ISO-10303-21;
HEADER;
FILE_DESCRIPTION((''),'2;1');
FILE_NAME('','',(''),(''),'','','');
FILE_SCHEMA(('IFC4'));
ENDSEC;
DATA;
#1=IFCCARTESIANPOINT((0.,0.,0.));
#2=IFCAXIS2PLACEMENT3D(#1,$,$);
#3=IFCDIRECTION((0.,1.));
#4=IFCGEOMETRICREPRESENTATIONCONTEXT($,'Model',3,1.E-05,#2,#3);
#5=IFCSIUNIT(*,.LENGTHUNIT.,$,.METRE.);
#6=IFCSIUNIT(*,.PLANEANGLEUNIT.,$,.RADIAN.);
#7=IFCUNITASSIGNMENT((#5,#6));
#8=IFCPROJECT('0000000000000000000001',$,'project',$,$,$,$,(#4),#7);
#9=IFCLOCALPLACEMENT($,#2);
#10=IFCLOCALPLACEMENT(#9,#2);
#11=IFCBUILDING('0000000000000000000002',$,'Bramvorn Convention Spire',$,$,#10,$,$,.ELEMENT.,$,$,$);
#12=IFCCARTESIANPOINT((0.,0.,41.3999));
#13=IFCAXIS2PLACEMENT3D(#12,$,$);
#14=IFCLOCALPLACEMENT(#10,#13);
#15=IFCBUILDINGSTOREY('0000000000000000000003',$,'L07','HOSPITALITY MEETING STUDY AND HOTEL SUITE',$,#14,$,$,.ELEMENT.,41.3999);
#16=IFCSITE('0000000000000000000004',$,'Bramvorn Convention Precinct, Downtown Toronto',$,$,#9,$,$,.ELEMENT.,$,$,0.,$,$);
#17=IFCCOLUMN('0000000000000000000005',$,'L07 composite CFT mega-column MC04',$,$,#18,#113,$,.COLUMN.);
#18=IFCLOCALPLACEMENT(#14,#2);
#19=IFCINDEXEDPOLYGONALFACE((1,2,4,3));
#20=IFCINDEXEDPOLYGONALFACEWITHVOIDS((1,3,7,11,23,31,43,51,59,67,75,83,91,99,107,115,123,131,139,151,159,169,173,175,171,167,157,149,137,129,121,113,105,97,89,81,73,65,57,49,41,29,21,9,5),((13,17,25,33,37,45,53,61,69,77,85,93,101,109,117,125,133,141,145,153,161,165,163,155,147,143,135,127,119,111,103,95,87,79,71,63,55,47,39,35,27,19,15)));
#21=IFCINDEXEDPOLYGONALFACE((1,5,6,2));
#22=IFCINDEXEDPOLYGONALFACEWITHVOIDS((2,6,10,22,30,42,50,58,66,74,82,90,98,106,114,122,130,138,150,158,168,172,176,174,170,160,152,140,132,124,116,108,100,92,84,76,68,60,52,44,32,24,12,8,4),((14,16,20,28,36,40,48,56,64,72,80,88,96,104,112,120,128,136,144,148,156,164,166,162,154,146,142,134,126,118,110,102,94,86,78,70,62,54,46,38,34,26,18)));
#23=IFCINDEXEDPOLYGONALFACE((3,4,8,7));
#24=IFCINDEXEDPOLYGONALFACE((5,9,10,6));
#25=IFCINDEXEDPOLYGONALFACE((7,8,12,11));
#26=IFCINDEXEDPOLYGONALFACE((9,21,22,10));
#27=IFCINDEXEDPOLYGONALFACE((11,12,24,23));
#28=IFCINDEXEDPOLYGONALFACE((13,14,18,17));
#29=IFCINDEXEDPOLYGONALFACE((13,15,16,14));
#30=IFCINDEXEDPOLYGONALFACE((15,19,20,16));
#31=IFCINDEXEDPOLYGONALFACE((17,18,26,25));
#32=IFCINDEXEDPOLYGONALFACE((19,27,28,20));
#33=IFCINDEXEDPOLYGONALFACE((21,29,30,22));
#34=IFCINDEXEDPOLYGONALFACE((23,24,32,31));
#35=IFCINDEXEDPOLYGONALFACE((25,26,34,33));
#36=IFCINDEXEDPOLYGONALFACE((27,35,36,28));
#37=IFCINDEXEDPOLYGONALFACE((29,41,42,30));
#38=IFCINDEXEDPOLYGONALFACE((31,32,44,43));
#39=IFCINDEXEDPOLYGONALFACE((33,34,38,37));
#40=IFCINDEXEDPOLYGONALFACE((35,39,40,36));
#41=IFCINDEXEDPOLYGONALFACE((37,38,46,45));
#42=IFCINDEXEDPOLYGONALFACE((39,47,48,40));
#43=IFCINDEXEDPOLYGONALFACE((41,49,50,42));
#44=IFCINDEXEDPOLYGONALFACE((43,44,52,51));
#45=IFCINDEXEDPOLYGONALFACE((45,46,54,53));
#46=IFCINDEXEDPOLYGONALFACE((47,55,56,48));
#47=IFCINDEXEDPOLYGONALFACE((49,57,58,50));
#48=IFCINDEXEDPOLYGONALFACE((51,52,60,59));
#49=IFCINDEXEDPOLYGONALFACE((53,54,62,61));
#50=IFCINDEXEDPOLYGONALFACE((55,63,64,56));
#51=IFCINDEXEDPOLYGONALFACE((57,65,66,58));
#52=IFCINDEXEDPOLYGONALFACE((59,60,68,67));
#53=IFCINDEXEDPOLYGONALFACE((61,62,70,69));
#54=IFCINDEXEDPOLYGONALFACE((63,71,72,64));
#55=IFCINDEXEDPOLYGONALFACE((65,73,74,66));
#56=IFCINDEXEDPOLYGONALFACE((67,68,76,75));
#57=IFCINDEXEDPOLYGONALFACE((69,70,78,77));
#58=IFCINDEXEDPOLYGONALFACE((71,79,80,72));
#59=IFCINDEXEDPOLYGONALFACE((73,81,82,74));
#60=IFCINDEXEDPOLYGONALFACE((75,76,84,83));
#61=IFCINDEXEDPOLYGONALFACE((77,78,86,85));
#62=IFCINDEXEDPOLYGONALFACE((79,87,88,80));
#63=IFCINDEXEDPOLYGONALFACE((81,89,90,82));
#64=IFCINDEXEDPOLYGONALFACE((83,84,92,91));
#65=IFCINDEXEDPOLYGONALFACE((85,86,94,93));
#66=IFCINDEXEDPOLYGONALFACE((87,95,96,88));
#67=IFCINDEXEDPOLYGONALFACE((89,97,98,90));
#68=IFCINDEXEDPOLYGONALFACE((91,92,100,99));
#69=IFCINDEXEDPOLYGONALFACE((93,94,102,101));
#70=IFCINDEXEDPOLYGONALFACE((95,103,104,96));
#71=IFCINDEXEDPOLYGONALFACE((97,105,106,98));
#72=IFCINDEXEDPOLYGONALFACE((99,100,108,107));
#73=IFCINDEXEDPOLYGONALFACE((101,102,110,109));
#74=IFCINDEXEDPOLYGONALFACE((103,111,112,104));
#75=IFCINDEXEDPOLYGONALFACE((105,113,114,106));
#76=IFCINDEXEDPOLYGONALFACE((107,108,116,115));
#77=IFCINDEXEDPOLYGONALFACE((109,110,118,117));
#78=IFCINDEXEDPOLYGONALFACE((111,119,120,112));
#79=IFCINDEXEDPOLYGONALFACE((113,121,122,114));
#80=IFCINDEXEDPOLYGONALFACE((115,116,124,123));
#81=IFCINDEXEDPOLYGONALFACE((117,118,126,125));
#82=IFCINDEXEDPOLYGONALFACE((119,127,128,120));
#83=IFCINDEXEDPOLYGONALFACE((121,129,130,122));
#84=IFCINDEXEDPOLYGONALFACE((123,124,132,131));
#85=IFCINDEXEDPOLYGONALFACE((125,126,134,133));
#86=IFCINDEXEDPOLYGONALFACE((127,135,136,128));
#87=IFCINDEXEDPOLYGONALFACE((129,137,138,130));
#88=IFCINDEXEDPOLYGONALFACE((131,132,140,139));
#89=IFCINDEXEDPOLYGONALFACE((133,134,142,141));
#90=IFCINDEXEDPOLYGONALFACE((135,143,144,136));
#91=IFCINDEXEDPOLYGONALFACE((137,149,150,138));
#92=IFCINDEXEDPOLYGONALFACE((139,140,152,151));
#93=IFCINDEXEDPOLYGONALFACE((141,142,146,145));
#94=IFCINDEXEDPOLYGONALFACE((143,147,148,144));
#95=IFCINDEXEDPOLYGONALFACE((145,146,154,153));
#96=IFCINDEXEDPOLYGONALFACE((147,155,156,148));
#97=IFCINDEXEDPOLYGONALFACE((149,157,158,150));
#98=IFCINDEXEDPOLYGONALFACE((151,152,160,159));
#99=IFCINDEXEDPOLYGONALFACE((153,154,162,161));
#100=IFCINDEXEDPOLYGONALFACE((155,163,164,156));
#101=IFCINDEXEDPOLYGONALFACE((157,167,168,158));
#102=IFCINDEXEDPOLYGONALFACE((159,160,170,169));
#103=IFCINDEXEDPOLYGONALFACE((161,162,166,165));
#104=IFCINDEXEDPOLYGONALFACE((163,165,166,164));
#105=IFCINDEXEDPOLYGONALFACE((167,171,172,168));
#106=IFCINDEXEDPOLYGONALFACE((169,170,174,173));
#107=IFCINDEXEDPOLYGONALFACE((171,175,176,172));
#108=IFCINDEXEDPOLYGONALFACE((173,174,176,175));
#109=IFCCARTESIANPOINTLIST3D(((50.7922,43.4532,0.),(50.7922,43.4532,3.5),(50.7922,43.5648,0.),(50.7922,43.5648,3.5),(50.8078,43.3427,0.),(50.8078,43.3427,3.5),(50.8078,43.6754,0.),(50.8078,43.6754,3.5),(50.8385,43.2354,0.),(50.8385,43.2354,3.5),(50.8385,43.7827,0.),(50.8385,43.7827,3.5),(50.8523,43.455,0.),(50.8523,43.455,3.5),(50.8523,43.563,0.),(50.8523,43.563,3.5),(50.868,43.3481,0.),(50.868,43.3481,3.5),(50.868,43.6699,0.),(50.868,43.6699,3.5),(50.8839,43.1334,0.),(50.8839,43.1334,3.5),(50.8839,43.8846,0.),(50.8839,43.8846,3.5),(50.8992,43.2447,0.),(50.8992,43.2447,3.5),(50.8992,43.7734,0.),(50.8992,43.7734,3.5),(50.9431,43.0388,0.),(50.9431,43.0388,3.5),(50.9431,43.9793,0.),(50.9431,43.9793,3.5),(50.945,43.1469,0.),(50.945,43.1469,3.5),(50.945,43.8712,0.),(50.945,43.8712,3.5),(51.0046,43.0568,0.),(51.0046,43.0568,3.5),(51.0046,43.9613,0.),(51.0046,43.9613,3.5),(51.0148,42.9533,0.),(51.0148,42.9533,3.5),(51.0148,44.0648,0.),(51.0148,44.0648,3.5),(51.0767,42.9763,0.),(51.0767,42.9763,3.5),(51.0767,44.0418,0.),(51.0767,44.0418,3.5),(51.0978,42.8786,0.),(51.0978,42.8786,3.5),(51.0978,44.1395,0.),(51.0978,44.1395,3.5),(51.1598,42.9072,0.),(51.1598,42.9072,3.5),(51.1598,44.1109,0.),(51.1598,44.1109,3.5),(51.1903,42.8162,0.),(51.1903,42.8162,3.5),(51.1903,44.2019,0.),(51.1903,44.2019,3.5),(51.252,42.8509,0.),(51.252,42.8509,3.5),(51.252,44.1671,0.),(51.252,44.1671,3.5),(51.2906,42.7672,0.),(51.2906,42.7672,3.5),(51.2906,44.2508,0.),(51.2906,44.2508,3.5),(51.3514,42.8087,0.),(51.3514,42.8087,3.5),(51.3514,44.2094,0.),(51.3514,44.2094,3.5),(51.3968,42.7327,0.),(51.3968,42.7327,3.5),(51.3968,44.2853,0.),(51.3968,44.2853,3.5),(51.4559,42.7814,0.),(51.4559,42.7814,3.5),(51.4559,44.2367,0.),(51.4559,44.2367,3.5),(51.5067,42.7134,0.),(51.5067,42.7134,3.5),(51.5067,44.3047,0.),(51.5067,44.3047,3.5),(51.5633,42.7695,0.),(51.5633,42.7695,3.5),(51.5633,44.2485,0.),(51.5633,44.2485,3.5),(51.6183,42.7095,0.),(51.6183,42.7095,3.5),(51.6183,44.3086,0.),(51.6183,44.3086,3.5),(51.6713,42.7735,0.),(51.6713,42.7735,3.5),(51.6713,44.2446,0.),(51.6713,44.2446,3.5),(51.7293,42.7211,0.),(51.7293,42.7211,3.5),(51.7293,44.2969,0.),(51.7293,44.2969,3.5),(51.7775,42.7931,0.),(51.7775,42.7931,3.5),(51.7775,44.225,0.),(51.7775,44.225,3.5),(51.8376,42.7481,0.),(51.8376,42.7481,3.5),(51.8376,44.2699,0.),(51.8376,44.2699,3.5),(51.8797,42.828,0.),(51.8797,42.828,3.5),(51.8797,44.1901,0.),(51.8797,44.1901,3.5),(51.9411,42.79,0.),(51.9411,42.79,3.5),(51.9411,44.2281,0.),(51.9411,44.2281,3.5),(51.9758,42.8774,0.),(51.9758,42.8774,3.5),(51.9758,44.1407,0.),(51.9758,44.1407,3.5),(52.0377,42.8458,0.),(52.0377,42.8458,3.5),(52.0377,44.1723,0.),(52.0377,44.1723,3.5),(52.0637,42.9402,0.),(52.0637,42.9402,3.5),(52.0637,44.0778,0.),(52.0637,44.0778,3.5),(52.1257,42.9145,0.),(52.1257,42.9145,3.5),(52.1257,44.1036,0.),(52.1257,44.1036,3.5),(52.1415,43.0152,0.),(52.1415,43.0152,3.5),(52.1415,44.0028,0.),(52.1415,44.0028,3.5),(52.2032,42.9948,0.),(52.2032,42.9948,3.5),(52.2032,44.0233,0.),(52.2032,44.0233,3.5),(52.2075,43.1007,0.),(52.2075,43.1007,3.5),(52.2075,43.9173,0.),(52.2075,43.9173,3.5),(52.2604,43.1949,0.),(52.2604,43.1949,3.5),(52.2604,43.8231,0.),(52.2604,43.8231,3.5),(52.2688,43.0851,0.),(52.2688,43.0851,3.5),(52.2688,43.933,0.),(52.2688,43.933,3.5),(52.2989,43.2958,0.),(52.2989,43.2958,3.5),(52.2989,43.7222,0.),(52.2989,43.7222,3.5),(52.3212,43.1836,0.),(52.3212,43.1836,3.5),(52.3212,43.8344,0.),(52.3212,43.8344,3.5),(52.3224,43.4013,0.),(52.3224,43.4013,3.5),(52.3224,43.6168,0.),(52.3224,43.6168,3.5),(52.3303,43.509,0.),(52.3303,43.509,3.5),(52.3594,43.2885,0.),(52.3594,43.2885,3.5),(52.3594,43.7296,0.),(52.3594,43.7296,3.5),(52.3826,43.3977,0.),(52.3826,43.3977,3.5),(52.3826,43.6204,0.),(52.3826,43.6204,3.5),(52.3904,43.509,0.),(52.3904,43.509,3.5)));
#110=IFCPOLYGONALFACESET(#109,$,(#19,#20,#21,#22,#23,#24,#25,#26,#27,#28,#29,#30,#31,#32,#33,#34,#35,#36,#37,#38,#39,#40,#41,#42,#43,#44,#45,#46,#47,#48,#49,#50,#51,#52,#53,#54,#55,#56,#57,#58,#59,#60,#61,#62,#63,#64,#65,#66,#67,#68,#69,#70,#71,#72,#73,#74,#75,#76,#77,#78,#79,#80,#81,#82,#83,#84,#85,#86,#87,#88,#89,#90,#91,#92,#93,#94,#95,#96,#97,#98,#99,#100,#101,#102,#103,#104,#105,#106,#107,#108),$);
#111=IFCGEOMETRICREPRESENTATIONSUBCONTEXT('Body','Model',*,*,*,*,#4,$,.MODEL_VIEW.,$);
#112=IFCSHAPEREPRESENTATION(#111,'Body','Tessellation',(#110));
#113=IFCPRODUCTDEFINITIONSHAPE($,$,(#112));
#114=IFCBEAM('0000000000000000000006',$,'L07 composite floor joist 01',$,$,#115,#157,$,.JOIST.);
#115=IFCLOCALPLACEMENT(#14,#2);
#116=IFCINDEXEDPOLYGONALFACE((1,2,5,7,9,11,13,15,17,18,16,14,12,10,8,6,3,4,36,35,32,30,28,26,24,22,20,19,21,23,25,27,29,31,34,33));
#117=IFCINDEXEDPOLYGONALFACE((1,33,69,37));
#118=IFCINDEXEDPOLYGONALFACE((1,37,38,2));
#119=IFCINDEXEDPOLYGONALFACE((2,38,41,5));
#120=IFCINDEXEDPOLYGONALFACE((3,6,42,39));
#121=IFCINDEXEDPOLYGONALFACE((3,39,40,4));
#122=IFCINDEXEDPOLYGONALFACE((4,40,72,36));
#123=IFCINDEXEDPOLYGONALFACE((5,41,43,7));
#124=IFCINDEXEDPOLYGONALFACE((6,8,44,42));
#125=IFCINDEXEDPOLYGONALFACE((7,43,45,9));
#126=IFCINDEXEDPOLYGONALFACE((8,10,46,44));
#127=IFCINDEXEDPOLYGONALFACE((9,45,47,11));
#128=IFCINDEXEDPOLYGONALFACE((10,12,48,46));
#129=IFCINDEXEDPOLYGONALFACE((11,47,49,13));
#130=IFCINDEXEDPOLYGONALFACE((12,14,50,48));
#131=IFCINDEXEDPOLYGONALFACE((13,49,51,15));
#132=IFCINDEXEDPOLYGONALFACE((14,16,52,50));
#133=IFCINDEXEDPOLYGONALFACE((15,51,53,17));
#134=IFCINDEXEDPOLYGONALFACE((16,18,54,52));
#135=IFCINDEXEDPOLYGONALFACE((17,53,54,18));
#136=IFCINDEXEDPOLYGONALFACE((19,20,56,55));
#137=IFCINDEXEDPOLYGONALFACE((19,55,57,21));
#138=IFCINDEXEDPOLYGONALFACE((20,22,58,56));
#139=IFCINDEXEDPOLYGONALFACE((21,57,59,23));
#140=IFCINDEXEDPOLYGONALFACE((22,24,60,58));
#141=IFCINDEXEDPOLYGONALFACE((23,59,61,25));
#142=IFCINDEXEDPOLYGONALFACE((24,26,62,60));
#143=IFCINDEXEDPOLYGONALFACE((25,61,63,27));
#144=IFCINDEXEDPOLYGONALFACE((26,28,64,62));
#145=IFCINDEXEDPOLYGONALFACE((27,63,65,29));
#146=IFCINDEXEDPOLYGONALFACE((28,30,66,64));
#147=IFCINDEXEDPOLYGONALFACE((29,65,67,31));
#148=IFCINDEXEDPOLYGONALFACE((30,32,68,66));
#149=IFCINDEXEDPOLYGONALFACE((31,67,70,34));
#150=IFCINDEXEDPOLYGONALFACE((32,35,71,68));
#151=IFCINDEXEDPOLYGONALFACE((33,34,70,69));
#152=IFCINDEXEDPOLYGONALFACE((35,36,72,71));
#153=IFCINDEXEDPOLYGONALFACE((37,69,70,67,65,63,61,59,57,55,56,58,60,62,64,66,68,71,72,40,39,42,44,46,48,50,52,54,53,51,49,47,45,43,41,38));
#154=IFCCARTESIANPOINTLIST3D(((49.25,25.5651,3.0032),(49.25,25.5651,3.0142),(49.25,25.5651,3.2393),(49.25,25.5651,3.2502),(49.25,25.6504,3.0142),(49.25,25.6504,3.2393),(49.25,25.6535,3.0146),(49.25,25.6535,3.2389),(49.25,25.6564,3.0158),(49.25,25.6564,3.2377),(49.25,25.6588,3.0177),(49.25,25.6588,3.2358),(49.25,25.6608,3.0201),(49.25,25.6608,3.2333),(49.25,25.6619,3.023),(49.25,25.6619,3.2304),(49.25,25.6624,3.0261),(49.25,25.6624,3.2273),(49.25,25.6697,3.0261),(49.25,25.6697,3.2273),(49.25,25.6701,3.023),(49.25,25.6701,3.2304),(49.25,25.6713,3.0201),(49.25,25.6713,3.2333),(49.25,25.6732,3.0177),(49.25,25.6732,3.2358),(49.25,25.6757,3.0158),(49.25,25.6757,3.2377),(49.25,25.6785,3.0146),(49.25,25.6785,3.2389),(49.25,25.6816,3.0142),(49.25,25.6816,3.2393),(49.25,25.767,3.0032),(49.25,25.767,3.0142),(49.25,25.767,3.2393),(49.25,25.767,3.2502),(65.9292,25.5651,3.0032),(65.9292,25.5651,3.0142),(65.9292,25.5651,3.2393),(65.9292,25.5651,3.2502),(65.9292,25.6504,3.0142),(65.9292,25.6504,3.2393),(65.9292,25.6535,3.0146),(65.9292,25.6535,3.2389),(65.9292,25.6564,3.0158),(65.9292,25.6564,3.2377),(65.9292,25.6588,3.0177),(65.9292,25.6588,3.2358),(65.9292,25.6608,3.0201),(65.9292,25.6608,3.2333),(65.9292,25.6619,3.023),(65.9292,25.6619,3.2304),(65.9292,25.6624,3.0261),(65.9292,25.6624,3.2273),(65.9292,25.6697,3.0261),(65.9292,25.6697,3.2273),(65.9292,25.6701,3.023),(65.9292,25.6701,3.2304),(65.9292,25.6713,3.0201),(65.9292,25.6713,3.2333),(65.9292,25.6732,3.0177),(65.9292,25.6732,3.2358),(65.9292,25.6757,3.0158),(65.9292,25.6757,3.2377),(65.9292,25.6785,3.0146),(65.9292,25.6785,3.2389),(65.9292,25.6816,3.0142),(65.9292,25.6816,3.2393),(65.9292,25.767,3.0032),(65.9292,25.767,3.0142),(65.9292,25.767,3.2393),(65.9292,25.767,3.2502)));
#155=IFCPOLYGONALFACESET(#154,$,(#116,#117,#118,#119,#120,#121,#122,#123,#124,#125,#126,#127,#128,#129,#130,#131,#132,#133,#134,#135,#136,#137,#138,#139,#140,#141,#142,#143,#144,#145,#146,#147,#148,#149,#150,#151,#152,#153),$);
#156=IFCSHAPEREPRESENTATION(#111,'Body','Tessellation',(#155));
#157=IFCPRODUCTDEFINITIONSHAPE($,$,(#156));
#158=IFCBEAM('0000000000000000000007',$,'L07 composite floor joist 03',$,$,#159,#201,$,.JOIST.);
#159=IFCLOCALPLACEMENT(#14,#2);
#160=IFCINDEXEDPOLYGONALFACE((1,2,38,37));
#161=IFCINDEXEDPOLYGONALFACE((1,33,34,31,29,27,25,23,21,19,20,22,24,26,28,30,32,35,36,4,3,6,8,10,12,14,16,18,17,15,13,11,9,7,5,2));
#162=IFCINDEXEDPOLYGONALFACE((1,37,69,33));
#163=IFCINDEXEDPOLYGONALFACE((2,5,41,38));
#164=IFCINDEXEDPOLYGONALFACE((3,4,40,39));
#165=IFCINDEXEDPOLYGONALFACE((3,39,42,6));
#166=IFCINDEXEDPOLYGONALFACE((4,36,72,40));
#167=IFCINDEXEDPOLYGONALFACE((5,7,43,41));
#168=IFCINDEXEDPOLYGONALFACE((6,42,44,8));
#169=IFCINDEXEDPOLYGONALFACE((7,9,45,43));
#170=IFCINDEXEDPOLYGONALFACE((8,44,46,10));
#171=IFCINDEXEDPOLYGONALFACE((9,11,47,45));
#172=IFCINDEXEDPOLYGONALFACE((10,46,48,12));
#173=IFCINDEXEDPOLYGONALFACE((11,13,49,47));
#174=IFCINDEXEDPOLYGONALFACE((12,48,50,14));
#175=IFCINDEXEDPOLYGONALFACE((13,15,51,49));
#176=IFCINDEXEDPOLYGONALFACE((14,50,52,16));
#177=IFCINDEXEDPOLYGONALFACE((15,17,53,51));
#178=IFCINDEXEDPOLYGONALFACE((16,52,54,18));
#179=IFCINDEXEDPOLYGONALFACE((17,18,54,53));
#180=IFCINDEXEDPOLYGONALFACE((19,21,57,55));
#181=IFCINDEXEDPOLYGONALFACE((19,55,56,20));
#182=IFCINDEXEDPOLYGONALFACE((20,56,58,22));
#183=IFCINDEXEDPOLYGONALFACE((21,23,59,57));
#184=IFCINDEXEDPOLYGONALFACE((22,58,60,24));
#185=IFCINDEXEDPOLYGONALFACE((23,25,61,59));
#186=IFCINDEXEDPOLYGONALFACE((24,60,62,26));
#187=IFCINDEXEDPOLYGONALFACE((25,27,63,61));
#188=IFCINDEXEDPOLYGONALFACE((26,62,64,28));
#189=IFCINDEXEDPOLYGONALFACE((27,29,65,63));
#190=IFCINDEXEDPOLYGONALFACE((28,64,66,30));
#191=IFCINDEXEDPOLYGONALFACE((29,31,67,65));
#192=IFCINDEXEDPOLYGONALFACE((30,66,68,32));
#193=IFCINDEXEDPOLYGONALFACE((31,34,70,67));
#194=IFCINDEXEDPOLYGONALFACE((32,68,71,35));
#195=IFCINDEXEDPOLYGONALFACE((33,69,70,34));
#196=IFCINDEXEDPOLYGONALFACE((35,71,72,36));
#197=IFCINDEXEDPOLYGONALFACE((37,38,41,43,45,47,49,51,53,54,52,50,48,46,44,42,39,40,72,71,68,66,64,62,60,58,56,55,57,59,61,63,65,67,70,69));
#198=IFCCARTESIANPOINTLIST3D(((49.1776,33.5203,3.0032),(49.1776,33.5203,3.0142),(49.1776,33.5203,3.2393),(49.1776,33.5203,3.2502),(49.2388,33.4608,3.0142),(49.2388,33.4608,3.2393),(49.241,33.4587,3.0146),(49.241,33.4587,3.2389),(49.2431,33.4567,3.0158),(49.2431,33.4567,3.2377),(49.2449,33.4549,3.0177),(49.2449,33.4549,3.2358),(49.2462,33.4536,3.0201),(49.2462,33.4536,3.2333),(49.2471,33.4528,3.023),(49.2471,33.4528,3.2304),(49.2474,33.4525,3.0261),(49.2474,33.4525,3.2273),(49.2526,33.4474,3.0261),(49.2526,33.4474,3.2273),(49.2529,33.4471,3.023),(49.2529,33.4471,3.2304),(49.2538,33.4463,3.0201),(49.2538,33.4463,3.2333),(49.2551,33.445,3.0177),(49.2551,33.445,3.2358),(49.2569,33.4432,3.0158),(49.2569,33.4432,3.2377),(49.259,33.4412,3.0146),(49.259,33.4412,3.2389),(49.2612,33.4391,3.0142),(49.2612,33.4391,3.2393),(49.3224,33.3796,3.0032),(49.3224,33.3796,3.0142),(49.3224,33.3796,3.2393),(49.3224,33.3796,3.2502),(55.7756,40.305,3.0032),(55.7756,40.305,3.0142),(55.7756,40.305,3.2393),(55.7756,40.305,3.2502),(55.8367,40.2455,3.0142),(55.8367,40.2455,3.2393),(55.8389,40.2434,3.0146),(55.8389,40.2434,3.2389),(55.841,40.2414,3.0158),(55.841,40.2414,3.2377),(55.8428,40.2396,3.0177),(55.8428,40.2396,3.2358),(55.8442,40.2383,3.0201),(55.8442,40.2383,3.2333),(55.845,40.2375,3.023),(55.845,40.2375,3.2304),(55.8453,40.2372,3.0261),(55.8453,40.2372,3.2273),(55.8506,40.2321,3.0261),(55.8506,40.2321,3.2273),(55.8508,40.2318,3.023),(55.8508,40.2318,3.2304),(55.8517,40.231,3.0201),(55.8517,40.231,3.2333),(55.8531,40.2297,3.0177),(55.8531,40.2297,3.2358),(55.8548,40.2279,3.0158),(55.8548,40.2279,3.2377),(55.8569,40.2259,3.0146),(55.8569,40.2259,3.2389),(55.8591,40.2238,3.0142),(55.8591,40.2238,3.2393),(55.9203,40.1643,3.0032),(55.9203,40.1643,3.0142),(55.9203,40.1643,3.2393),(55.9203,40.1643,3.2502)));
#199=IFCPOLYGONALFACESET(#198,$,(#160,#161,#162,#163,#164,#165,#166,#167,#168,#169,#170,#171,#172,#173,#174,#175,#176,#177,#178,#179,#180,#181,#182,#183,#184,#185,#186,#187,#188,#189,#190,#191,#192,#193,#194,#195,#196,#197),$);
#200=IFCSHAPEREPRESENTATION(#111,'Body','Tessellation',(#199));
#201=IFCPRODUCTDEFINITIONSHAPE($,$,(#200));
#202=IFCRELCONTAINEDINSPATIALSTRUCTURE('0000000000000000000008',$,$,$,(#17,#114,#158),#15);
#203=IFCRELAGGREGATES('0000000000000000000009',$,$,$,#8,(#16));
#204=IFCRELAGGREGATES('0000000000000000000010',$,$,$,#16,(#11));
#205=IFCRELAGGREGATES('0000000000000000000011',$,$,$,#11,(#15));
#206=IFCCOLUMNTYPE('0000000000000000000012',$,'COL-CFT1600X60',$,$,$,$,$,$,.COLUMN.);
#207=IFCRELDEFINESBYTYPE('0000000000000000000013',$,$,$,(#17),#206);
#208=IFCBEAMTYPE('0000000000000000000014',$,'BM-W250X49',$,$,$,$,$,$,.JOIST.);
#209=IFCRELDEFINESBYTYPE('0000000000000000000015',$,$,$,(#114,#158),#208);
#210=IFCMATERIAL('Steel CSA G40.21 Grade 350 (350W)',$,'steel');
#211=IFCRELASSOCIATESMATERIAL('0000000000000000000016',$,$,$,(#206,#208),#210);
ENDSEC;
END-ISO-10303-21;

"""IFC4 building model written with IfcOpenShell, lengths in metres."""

from ifc_helpers import new_model, si_unit, direction, frame, origin, origin_2d, place, context, subcontext, project, spatial, hollow_circle, i_section, extrude, material, material_profile, profile_set, type_object, element, save


model = new_model("IFC4")

# Units and contexts
model_context = context("Model", 3, precision=1e-05, world=origin(), true_north=direction((0.0, 1.0)))
body_context = subcontext(model_context, "Body", "Model", "MODEL_VIEW")
ifc_project = project(units=[si_unit("LENGTHUNIT", "METRE"), si_unit("PLANEANGLEUNIT", "RADIAN")], contexts=[model_context])

# Site, building, storey
site_placement = place(None, origin())
site = spatial("IfcSite", under=ifc_project, at=site_placement, Name="Bramvorn Convention Precinct, Downtown Toronto", CompositionType="ELEMENT", RefElevation=0.0)
building_placement = place(site_placement, origin())
building = spatial("IfcBuilding", under=site, at=building_placement, Name="Bramvorn Convention Spire", CompositionType="ELEMENT")
storey_placement = place(building_placement, frame((0.0, 0.0, 41.3999)))
storey = spatial("IfcBuildingStorey", under=building, at=storey_placement, Name="L07", Description="HOSPITALITY MEETING STUDY AND HOTEL SUITE", CompositionType="ELEMENT", Elevation=41.3999)

# Column
ifc_material_1 = material(Name="Steel CSA G40.21 Grade 350 (350W)", Category="steel")
ifc_material_profile_1 = material_profile(ifc_material_1, hollow_circle(Radius=0.8, WallThickness=0.0601, at=origin_2d()))
ifc_profile_set_1 = profile_set([ifc_material_profile_1], Name="Steel CSA G40.21 Grade 350 (350W) - CFT1600X60")
column_type = type_object("IfcColumnType", Name="COL-CFT1600X60", PredefinedType="COLUMN", material=ifc_profile_set_1)
for number, where, z_axis, x_axis, name in (
    (1, (51.5903, 43.509, 0.0), (0.0, 0.0, 1.0), (1.0, 0.0, 0.0), "L07 composite CFT mega-column MC04"),
):
    element("IfcColumn", number, at=place(storey_placement, frame(where, z_axis=z_axis, x_axis=x_axis)), inside=storey, type_object=column_type, Name=name, PredefinedType="COLUMN", context=body_context, shape_type="SweptSolid", body=[
        extrude(hollow_circle(Radius=0.8, WallThickness=0.0601, at=origin_2d()), origin(), (0.0, 0.0, 1.0), 3.5),
    ])

# Beams
ifc_material_profile_2 = material_profile(ifc_material_1, i_section(OverallWidth=0.2019, OverallDepth=0.2471, WebThickness=0.0073, FlangeThickness=0.011, FilletRadius=0.012, at=origin_2d()))
ifc_profile_set_2 = profile_set([ifc_material_profile_2], Name="Steel CSA G40.21 Grade 350 (350W) - W250X49")
beam_type_1 = type_object("IfcBeamType", Name="BM-W250X49", PredefinedType="JOIST", material=ifc_profile_set_2)
beam_1_placement = place(storey_placement, frame((49.25, 25.666, 3.1267), z_axis=(1.0, 0.0, 0.0), x_axis=(0.0, 1.0, 0.0)))
element("IfcBeam", 2, at=beam_1_placement, inside=storey, type_object=beam_type_1, Name="L07 composite floor joist 01", PredefinedType="JOIST", context=body_context, shape_type="SweptSolid", body=[
    extrude(i_section(OverallWidth=0.2019, OverallDepth=0.2471, WebThickness=0.0073, FlangeThickness=0.011, FilletRadius=0.012, at=origin_2d()), origin(), (0.0, 0.0, 1.0), 16.6792),
])
beam_2_placement = place(storey_placement, frame((49.25, 33.45, 3.1267), z_axis=(0.69717, 0.716905, 0.0), x_axis=(-0.716905, 0.69717, 0.0)))
element("IfcBeam", 3, at=beam_2_placement, inside=storey, type_object=beam_type_1, Name="L07 composite floor joist 03", PredefinedType="JOIST", context=body_context, shape_type="SweptSolid", body=[
    extrude(i_section(OverallWidth=0.2019, OverallDepth=0.2471, WebThickness=0.0073, FlangeThickness=0.011, FilletRadius=0.012, at=origin_2d()), origin(), (0.0, 0.0, 1.0), 9.4639),
])

save(model, "model.ifc")
